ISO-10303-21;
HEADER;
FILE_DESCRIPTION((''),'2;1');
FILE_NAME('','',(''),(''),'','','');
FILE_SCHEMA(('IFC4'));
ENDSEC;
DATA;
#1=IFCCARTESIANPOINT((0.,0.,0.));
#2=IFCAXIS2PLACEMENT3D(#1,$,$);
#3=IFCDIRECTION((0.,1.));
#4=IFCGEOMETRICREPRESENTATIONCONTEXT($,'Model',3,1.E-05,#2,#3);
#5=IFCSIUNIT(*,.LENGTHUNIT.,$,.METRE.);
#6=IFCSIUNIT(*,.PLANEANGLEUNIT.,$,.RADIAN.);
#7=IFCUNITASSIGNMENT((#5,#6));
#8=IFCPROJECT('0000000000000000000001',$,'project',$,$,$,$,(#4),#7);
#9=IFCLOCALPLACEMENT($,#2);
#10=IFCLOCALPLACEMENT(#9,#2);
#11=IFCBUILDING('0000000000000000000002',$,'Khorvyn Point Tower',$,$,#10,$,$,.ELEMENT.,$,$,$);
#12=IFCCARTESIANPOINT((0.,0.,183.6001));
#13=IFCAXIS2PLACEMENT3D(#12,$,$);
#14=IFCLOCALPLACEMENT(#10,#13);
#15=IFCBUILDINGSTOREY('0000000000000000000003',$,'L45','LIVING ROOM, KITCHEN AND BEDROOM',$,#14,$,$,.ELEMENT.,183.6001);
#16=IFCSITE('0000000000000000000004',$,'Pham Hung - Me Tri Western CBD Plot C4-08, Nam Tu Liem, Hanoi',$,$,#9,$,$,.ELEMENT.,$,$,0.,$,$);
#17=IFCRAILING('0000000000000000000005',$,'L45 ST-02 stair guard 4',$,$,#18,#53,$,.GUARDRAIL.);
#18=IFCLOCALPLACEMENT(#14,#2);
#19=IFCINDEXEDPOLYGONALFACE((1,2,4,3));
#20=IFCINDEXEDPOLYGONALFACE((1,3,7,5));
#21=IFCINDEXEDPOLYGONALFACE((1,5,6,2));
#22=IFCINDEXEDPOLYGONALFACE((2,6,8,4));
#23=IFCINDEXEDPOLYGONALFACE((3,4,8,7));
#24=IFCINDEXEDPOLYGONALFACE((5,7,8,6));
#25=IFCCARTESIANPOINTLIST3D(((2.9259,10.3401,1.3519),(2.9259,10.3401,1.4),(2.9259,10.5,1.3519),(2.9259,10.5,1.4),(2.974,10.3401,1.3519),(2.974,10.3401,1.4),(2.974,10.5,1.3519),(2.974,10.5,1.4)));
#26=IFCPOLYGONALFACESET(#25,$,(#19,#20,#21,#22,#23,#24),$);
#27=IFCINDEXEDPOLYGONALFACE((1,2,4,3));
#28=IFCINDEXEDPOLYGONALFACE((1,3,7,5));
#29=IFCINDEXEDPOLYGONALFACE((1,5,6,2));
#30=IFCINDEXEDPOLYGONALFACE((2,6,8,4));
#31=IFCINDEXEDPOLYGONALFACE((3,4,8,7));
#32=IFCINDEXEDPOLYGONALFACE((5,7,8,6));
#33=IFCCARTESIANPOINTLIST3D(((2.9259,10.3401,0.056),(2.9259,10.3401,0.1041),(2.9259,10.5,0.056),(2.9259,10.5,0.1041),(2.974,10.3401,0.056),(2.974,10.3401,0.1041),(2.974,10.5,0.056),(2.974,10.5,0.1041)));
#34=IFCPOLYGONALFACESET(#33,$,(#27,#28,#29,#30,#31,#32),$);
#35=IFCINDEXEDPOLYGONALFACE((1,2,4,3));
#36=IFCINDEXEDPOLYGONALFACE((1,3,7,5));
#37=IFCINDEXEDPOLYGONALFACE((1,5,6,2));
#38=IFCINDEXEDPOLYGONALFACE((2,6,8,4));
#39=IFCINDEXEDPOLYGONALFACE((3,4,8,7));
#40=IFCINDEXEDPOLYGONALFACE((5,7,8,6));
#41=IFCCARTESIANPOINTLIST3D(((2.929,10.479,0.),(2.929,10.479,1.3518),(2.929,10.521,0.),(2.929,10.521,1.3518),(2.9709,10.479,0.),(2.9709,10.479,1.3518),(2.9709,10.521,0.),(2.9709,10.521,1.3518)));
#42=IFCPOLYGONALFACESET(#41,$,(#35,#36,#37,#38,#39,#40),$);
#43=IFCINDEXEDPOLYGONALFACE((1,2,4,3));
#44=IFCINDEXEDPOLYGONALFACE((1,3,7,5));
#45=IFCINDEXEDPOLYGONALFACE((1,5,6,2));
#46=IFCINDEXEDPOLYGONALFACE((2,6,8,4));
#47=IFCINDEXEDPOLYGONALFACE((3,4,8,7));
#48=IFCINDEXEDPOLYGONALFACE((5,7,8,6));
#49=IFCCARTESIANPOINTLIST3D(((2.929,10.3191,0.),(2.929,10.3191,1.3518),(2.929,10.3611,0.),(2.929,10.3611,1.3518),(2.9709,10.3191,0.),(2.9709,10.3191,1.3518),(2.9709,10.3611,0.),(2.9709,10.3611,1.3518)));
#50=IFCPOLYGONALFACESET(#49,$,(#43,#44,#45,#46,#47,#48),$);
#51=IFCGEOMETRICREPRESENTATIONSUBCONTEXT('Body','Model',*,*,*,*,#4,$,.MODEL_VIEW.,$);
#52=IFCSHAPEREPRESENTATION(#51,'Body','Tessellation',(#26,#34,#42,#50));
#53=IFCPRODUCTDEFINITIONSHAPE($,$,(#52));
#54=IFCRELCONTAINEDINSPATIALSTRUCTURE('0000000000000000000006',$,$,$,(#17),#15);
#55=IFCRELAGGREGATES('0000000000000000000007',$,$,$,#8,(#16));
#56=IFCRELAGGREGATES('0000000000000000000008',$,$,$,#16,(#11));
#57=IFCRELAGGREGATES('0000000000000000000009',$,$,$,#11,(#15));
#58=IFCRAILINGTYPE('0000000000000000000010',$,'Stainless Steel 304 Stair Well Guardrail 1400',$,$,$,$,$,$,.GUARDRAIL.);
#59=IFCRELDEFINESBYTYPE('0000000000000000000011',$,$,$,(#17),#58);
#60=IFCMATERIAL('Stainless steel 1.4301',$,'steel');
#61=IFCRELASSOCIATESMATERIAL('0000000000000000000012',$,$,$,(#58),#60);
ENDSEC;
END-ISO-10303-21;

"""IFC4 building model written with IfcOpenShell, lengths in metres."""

from ifc_helpers import new_model, si_unit, direction, frame, origin, origin_2d, place, context, subcontext, project, spatial, rectangle, extrude, material, type_object, element, save


model = new_model("IFC4")

# Units and contexts
model_context = context("Model", 3, precision=1e-05, world=origin(), true_north=direction((0.0, 1.0)))
body_context = subcontext(model_context, "Body", "Model", "MODEL_VIEW")
ifc_project = project(units=[si_unit("LENGTHUNIT", "METRE"), si_unit("PLANEANGLEUNIT", "RADIAN")], contexts=[model_context])

# Site, building, storey
site_placement = place(None, origin())
site = spatial("IfcSite", under=ifc_project, at=site_placement, Name="Pham Hung - Me Tri Western CBD Plot C4-08, Nam Tu Liem, Hanoi", CompositionType="ELEMENT", RefElevation=0.0)
building_placement = place(site_placement, origin())
building = spatial("IfcBuilding", under=site, at=building_placement, Name="Khorvyn Point Tower", CompositionType="ELEMENT")
storey_placement = place(building_placement, frame((0.0, 0.0, 183.6001)))
storey = spatial("IfcBuildingStorey", under=building, at=storey_placement, Name="L45", Description="LIVING ROOM, KITCHEN AND BEDROOM", CompositionType="ELEMENT", Elevation=183.6001)

# Shared definitions
ifc_material_1 = material(Name="Stainless steel 1.4301", Category="steel")

# Railing
railing_type_1 = type_object("IfcRailingType", Name="Stainless Steel 304 Stair Well Guardrail 1400", PredefinedType="GUARDRAIL", material=ifc_material_1)
railing_1_placement = place(storey_placement, frame((2.95, 10.5, 0.0)))
element("IfcRailing", 1, at=railing_1_placement, inside=storey, type_object=railing_type_1, Name="L45 ST-02 stair guard 4", PredefinedType="GUARDRAIL", context=body_context, shape_type="SweptSolid", body=[
    extrude(rectangle(XDim=0.0481, YDim=0.0481, at=origin_2d()), frame((0.0, 0.0, 1.376), z_axis=(0.0, -1.0, 0.0), x_axis=(1.0, 0.0, 0.0)), (0.0, 0.0, 1.0), 0.1599),
    extrude(rectangle(XDim=0.0481, YDim=0.0481, at=origin_2d()), frame((0.0, 0.0, 0.0801), z_axis=(0.0, -1.0, 0.0), x_axis=(1.0, 0.0, 0.0)), (0.0, 0.0, 1.0), 0.1599),
    extrude(rectangle(XDim=0.042, YDim=0.042, at=origin_2d()), origin(), (0.0, 0.0, 1.0), 1.3518),
    extrude(rectangle(XDim=0.042, YDim=0.042, at=origin_2d()), frame((0.0, -0.1599, 0.0)), (0.0, 0.0, 1.0), 1.3518),
])

save(model, "model.ifc")
